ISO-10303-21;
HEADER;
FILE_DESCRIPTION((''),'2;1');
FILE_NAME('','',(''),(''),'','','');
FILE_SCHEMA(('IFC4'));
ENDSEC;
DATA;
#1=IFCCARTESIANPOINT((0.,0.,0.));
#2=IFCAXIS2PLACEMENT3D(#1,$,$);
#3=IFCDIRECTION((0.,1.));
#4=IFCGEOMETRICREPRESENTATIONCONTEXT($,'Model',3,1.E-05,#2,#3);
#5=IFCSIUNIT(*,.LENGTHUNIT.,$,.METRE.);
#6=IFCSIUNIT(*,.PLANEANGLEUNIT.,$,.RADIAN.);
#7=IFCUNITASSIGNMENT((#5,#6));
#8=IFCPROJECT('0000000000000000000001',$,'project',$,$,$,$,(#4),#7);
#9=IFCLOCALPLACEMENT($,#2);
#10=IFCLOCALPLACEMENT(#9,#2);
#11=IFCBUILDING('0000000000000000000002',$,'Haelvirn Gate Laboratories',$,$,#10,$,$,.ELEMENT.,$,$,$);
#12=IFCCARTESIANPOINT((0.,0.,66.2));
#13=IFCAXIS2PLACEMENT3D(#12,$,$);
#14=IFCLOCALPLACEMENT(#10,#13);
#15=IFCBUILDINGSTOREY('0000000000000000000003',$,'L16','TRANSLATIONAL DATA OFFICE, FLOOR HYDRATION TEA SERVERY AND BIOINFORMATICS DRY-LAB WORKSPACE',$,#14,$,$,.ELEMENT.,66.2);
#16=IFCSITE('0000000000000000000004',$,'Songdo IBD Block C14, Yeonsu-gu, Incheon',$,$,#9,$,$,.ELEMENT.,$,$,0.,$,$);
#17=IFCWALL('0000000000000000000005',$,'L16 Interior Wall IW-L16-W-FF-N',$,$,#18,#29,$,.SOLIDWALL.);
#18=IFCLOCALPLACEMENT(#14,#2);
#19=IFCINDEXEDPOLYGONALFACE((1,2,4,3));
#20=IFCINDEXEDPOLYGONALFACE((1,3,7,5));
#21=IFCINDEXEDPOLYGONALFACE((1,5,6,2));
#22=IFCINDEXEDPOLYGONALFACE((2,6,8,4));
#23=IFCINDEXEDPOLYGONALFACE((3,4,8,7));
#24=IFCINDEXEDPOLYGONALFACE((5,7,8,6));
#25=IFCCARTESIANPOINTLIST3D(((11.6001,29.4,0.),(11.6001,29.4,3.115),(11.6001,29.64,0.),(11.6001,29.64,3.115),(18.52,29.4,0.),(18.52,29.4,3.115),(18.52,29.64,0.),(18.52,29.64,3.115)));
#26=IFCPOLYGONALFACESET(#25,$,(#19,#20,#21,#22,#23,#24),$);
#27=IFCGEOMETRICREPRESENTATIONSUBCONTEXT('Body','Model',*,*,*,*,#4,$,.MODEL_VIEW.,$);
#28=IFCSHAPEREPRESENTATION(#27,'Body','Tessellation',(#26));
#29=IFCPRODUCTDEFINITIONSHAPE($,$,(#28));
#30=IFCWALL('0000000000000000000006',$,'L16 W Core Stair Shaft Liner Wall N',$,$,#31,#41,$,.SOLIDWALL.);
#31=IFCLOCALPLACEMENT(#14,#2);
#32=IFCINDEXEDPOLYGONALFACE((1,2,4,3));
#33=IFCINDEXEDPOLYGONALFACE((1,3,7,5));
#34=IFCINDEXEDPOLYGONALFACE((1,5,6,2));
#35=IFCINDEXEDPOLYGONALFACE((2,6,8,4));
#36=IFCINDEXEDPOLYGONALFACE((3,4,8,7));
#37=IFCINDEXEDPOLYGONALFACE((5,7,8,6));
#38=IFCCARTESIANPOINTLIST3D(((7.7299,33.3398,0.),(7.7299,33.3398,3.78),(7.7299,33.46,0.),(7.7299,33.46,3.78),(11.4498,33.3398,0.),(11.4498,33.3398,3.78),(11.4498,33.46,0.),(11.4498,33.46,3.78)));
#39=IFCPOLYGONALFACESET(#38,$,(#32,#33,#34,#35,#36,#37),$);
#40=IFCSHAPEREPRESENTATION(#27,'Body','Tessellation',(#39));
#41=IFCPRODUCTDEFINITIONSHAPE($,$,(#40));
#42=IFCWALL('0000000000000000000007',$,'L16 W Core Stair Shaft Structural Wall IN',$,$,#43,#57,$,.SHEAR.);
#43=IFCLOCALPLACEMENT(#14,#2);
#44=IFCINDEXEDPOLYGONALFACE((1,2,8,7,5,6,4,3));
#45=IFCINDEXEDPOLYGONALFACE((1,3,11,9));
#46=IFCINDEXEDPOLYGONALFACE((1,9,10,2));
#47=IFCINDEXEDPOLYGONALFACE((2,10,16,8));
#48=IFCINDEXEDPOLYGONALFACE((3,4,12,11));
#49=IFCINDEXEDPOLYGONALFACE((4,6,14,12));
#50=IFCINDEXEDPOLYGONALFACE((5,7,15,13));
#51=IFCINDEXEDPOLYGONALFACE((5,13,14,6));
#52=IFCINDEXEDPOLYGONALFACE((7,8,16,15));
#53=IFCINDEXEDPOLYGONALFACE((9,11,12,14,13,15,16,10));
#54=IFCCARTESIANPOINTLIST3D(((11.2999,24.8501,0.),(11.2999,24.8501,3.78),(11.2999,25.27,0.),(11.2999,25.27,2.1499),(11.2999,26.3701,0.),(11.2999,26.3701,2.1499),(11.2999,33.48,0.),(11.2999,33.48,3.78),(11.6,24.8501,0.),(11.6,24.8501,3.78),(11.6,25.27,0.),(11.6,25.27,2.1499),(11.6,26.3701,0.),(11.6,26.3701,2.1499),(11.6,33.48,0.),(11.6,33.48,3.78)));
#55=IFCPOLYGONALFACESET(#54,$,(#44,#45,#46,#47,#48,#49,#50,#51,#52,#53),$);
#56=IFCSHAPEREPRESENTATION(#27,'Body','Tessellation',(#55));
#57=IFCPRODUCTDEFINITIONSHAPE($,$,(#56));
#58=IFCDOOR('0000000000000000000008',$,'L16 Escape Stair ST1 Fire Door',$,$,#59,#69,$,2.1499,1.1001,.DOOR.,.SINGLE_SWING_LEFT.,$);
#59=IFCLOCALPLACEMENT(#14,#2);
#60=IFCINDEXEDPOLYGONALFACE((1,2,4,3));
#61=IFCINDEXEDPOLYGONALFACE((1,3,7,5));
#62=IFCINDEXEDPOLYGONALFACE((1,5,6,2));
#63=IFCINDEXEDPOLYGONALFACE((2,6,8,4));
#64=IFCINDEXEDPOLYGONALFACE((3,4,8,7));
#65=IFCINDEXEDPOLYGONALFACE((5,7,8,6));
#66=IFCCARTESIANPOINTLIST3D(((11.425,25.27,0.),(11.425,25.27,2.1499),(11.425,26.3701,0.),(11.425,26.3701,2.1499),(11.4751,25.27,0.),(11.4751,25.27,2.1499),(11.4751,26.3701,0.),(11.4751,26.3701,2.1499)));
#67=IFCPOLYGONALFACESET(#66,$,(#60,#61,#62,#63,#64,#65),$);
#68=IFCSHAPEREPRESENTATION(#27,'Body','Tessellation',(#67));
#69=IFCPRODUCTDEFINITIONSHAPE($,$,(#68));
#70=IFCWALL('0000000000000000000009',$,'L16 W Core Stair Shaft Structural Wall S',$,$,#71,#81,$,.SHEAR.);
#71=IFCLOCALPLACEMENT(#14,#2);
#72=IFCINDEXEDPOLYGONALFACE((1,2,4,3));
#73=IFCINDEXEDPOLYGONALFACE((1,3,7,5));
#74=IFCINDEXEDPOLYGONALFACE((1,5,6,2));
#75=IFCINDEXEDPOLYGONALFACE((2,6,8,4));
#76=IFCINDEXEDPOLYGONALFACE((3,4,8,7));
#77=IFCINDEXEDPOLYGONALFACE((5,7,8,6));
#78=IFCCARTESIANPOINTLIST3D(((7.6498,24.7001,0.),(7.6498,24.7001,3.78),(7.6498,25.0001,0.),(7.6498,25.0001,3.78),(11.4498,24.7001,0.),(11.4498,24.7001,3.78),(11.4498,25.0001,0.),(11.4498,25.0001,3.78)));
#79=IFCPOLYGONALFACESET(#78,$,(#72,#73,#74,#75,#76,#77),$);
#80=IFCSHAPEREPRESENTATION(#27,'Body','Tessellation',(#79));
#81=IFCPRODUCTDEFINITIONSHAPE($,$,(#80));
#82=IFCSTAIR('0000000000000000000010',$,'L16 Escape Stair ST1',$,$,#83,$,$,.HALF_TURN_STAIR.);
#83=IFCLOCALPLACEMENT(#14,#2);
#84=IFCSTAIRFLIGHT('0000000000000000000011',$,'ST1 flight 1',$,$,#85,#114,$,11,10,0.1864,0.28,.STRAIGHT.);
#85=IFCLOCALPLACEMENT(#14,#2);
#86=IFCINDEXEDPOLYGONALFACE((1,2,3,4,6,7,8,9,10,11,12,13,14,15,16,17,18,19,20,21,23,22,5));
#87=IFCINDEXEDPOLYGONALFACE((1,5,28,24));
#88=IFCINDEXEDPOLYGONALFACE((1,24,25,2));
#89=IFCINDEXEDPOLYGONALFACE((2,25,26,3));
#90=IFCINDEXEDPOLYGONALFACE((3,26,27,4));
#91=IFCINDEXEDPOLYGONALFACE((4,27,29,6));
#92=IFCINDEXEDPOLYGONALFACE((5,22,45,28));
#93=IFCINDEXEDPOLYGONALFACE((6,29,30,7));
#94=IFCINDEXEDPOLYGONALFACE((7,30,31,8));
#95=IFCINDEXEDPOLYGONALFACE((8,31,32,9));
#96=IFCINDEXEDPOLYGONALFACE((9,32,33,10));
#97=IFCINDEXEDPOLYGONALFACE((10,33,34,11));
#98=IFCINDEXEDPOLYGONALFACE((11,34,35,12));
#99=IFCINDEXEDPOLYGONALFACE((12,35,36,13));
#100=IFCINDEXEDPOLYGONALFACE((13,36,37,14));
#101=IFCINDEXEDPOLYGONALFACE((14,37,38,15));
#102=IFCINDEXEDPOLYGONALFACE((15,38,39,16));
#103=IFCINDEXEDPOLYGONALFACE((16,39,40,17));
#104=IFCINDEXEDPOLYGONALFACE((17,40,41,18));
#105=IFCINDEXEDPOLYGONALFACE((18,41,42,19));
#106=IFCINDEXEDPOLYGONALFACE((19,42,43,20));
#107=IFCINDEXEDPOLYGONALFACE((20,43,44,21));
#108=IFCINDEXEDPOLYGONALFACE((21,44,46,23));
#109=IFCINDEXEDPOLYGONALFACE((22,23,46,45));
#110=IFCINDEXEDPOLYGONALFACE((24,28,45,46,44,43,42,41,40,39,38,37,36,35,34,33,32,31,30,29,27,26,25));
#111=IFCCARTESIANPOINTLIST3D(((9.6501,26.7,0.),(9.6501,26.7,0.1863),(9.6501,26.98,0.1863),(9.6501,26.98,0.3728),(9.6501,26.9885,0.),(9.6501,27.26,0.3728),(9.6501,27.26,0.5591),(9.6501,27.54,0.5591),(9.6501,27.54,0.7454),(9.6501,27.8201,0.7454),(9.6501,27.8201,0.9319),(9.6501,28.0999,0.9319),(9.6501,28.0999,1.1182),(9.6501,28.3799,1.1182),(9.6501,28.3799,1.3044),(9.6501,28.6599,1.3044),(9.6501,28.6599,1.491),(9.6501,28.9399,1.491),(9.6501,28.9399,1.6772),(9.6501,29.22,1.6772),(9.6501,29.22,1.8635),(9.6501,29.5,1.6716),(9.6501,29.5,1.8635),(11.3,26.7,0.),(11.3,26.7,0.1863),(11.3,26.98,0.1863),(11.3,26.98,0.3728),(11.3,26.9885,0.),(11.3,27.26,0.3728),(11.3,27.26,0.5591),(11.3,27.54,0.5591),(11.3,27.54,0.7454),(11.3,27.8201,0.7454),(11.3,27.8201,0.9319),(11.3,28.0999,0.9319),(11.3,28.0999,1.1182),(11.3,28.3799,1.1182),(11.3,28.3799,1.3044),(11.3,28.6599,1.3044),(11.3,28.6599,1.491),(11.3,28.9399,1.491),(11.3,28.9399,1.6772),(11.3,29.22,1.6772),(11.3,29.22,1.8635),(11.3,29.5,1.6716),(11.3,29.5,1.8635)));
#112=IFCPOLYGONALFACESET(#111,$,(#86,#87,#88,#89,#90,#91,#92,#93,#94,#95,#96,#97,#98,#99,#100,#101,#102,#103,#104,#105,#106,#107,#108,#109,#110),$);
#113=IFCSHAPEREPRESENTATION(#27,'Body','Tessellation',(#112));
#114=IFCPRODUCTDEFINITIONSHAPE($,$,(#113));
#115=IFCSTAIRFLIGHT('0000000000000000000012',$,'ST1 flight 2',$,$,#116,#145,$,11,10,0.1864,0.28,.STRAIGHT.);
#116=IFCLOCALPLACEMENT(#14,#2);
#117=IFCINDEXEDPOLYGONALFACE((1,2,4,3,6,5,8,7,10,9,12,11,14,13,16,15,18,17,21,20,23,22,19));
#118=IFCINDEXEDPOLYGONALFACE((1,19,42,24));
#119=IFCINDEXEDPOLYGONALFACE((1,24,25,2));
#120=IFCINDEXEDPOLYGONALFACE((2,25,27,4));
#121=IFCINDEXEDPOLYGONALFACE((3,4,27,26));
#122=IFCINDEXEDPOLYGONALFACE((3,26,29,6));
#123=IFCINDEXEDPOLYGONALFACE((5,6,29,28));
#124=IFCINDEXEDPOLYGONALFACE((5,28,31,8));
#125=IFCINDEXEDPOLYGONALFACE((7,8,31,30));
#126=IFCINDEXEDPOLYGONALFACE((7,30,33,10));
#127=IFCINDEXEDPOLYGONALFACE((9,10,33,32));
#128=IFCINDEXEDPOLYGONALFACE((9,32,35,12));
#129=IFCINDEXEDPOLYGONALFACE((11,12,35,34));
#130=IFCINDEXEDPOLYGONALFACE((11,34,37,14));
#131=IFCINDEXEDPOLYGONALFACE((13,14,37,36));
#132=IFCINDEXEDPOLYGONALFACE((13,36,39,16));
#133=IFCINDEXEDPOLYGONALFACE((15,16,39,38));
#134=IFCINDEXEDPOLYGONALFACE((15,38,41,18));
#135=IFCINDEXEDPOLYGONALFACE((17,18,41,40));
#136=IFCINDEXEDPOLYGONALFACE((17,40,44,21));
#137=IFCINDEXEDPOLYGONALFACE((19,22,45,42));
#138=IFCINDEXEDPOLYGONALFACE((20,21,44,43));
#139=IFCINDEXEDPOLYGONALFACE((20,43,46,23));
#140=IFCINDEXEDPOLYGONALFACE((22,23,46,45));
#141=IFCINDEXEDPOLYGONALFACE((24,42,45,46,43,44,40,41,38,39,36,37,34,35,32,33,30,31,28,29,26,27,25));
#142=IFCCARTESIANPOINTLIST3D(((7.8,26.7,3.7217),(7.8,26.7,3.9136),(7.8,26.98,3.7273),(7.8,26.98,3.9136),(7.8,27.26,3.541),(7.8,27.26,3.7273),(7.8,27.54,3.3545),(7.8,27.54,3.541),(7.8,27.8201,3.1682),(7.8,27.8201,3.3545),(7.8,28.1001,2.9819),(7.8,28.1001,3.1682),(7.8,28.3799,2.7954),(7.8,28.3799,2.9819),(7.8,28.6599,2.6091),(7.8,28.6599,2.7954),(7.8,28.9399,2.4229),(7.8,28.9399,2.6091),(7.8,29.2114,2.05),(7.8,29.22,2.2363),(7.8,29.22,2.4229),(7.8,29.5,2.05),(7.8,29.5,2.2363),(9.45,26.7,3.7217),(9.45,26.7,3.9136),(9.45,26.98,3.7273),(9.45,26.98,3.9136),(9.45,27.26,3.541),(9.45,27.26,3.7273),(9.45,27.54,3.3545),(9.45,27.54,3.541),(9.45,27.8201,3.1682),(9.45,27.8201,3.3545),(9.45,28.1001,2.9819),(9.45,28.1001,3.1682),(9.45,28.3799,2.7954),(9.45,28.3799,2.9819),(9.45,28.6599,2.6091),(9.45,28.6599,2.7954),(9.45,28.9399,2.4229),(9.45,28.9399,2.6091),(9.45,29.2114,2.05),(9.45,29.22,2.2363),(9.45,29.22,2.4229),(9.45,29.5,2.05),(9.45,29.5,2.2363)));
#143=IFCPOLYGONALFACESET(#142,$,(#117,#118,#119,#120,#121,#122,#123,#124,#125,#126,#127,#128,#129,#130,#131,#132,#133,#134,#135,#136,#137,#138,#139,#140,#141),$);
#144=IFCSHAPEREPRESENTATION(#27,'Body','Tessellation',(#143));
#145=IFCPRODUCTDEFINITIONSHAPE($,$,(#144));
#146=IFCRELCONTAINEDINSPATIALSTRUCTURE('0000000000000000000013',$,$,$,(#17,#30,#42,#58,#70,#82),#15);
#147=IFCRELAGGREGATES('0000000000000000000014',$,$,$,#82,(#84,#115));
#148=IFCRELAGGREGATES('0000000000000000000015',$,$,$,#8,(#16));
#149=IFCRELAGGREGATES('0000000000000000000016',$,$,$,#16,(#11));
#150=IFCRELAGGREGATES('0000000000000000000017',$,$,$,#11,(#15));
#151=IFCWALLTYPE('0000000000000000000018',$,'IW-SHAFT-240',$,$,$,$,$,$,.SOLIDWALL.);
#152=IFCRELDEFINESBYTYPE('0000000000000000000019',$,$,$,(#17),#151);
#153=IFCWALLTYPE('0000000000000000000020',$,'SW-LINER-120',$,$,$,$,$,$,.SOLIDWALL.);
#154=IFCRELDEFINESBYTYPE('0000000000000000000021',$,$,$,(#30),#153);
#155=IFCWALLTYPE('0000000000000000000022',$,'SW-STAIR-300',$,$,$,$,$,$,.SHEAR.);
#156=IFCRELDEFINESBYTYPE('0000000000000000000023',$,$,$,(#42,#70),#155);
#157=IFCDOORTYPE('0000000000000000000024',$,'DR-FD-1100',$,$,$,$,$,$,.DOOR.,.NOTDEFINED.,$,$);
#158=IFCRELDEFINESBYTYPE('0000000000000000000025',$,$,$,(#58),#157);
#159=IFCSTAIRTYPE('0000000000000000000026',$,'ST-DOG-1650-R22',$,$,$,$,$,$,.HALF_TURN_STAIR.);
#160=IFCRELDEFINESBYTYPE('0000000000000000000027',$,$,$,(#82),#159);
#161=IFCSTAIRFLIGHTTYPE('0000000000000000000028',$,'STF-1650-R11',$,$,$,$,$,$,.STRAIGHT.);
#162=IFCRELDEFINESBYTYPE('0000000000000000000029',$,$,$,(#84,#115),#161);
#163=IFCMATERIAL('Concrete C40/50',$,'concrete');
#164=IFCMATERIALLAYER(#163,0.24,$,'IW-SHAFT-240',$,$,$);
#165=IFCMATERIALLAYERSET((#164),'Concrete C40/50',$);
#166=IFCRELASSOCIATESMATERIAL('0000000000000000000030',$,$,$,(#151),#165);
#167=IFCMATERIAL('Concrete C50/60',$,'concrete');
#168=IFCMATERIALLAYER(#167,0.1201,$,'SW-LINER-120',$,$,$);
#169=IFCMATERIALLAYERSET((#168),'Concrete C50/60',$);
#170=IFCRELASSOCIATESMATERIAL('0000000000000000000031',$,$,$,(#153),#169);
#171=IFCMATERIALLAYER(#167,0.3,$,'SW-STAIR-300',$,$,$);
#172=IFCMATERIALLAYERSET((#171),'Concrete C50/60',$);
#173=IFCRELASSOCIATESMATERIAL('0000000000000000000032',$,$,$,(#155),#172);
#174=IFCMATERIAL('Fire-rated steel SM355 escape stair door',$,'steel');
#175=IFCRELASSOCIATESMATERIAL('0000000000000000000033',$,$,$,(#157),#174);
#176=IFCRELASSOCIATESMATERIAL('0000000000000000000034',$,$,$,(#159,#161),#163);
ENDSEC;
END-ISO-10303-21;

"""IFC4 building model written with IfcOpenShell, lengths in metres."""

from ifc_helpers import new_model, si_unit, direction, frame, frame_2d, origin, place, context, subcontext, project, spatial, polyline, rectangle, outline, extrude, source, transform, mapped, material, layer, layer_set, type_object, type_shapes, element, fill, aggregate, save


model = new_model("IFC4")

# Units and contexts
model_context = context("Model", 3, precision=1e-05, world=origin(), true_north=direction((0.0, 1.0)))
body_context = subcontext(model_context, "Body", "Model", "MODEL_VIEW")
ifc_project = project(units=[si_unit("LENGTHUNIT", "METRE"), si_unit("PLANEANGLEUNIT", "RADIAN")], contexts=[model_context])

# Site, building, storey
site_placement = place(None, origin())
site = spatial("IfcSite", under=ifc_project, at=site_placement, Name="Songdo IBD Block C14, Yeonsu-gu, Incheon", CompositionType="ELEMENT", RefElevation=0.0)
building_placement = place(site_placement, origin())
building = spatial("IfcBuilding", under=site, at=building_placement, Name="Haelvirn Gate Laboratories", CompositionType="ELEMENT")
storey_placement = place(building_placement, frame((0.0, 0.0, 66.2)))
storey = spatial("IfcBuildingStorey", under=building, at=storey_placement, Name="L16", Description="TRANSLATIONAL DATA OFFICE, FLOOR HYDRATION TEA SERVERY AND BIOINFORMATICS DRY-LAB WORKSPACE", CompositionType="ELEMENT", Elevation=66.2)

# Shared definitions
ifc_material_1 = material(Name="Concrete C40/50", Category="concrete")

# Shared definitions
ifc_layer_1 = layer(ifc_material_1, 0.24, Name="IW-SHAFT-240")
ifc_layer_set_1 = layer_set([ifc_layer_1], Name="Concrete C40/50")
wall_type_1 = type_object("IfcWallType", Name="IW-SHAFT-240", PredefinedType="SOLIDWALL", material=ifc_layer_set_1)

# Walls
wall_1_placement = place(storey_placement, frame((11.6001, 29.52, 0.0), z_axis=(0.0, 0.0, 1.0), x_axis=(1.0, 0.0, 0.0)))
element("IfcWall", 1, at=wall_1_placement, inside=storey, type_object=wall_type_1, Name="L16 Interior Wall IW-L16-W-FF-N", PredefinedType="SOLIDWALL", context=body_context, shape_type="SweptSolid", body=[
    extrude(rectangle(XDim=6.9199, YDim=0.24, at=frame_2d((3.46, 0.0))), origin(), (0.0, 0.0, 1.0), 3.115),
])
ifc_material_2 = material(Name="Concrete C50/60", Category="concrete")
ifc_layer_2 = layer(ifc_material_2, 0.1201, Name="SW-LINER-120")
ifc_layer_set_2 = layer_set([ifc_layer_2], Name="Concrete C50/60")
wall_type_2 = type_object("IfcWallType", Name="SW-LINER-120", PredefinedType="SOLIDWALL", material=ifc_layer_set_2)
wall_2_placement = place(storey_placement, frame((7.73, 33.3999, 0.0), z_axis=(0.0, 0.0, 1.0), x_axis=(1.0, 0.0, 0.0)))
element("IfcWall", 2, at=wall_2_placement, inside=storey, type_object=wall_type_2, Name="L16 W Core Stair Shaft Liner Wall N", PredefinedType="SOLIDWALL", context=body_context, shape_type="SweptSolid", body=[
    extrude(rectangle(XDim=3.72, YDim=0.1201, at=frame_2d((1.8599, 0.0))), origin(), (0.0, 0.0, 1.0), 3.78),
])

# Wall, opening, door
ifc_layer_3 = layer(ifc_material_2, 0.3, Name="SW-STAIR-300")
ifc_layer_set_3 = layer_set([ifc_layer_3], Name="Concrete C50/60")
wall_type_3 = type_object("IfcWallType", Name="SW-STAIR-300", PredefinedType="SHEAR", material=ifc_layer_set_3)
wall_3_placement = place(storey_placement, frame((11.45, 24.8501, 0.0), z_axis=(0.0, 0.0, 1.0), x_axis=(0.0, 1.0, 0.0)))
wall_3 = element("IfcWall", 3, at=wall_3_placement, inside=storey, type_object=wall_type_3, Name="L16 W Core Stair Shaft Structural Wall IN", PredefinedType="SHEAR", context=body_context, shape_type="SweptSolid", body=[
    extrude(rectangle(XDim=8.6299, YDim=0.3, at=frame_2d((4.3149, 0.0))), origin(), (0.0, 0.0, 1.0), 3.78),
])
opening_1_placement = place(wall_3_placement, frame((0.4199, 0.0, 0.0)))
opening_1 = element("IfcOpeningElement", 4, at=opening_1_placement, cuts=wall_3, PredefinedType="OPENING", context=body_context, shape_type="SweptSolid", body=[
    extrude(rectangle(XDim=1.1001, YDim=2.1499, at=frame_2d((0.55, 1.075))), frame((0.0, 0.1602, 0.0), z_axis=(0.0, -1.0, 0.0), x_axis=(1.0, 0.0, 0.0)), (0.0, 0.0, 1.0), 0.3201),
])
ifc_material_3 = material(Name="Fire-rated steel SM355 escape stair door", Category="steel")
door_type_1 = type_object("IfcDoorType", Name="DR-FD-1100", OperationType="NOTDEFINED", PredefinedType="DOOR", material=ifc_material_3)
shared_shape_1 = source(origin(), body_context, "Body", "SweptSolid", [
    extrude(rectangle(XDim=1.1001, YDim=2.1499, at=frame_2d((0.55, 1.075))), frame((0.0, 0.0249, 0.0), z_axis=(0.0, -1.0, 0.0), x_axis=(1.0, 0.0, 0.0)), (0.0, 0.0, 1.0), 0.05),
])
type_shapes(door_type_1, [shared_shape_1])
door_1_placement = place(opening_1_placement, origin())
door_1 = element("IfcDoor", 5, at=door_1_placement, inside=storey, type_object=door_type_1, Name="L16 Escape Stair ST1 Fire Door", OperationType="SINGLE_SWING_LEFT", OverallHeight=2.1499, OverallWidth=1.1001, PredefinedType="DOOR", context=body_context, shape_type="MappedRepresentation", body=[
    mapped(shared_shape_1, transform((0.0, 0.0, 0.0), scale=1.0)),
])
fill(opening_1, door_1)

# Wall
wall_4_placement = place(storey_placement, frame((7.6499, 24.8501, 0.0), z_axis=(0.0, 0.0, 1.0), x_axis=(1.0, 0.0, 0.0)))
element("IfcWall", 6, at=wall_4_placement, inside=storey, type_object=wall_type_3, Name="L16 W Core Stair Shaft Structural Wall S", PredefinedType="SHEAR", context=body_context, shape_type="SweptSolid", body=[
    extrude(rectangle(XDim=3.8, YDim=0.3, at=frame_2d((1.8999, 0.0))), origin(), (0.0, 0.0, 1.0), 3.78),
])

# Stair, stair flights
stair_type = type_object("IfcStairType", Name="ST-DOG-1650-R22", PredefinedType="HALF_TURN_STAIR", material=ifc_material_1)
stair_placement = place(storey_placement, origin())
stair = element("IfcStair", 7, at=stair_placement, inside=storey, type_object=stair_type, Name="L16 Escape Stair ST1", PredefinedType="HALF_TURN_STAIR")
stair_flight_type = type_object("IfcStairFlightType", Name="STF-1650-R11", PredefinedType="STRAIGHT", material=ifc_material_1)
shared_shape_2 = source(origin(), body_context, "Body", "SweptSolid", [
    extrude(outline(polyline([(0.0, 0.0), (0.0, 0.1863), (0.28, 0.1863), (0.28, 0.3728), (0.5601, 0.3728), (0.5601, 0.5591), (0.8401, 0.5591), (0.8401, 0.7454), (1.1201, 0.7454), (1.1201, 0.9319), (1.3999, 0.9319), (1.3999, 1.1182), (1.6799, 1.1182), (1.6799, 1.3044), (1.96, 1.3044), (1.96, 1.491), (2.24, 1.491), (2.24, 1.6772), (2.52, 1.6772), (2.52, 1.8635), (2.8, 1.8635), (2.8, 2.05), (2.8, 1.6716), (0.2886, 0.0), (0.0, 0.0)])), frame((0.0, 0.825, 0.0), z_axis=(0.0, -1.0, 0.0), x_axis=(1.0, 0.0, 0.0)), (0.0, 0.0, 1.0), 1.6499),
])
type_shapes(stair_flight_type, [shared_shape_2])
stair_flight_1_placement = place(storey_placement, frame((10.4751, 26.7, 0.0), z_axis=(0.0, 0.0, 1.0), x_axis=(0.0, 1.0, 0.0)))
stair_flight_1 = element("IfcStairFlight", 8, at=stair_flight_1_placement, type_object=stair_flight_type, Name="ST1 flight 1", NumberOfRisers=11, NumberOfTreads=10, PredefinedType="STRAIGHT", RiserHeight=0.1864, TreadLength=0.28, context=body_context, shape_type="MappedRepresentation", body=[
    mapped(shared_shape_2, transform((0.0, 0.0, 0.0), scale=1.0)),
])
stair_flight_2_placement = place(storey_placement, frame((8.625, 29.5, 2.05), z_axis=(0.0, 0.0, 1.0), x_axis=(0.0, -1.0, 0.0)))
stair_flight_2 = element("IfcStairFlight", 9, at=stair_flight_2_placement, type_object=stair_flight_type, Name="ST1 flight 2", NumberOfRisers=11, NumberOfTreads=10, PredefinedType="STRAIGHT", RiserHeight=0.1864, TreadLength=0.28, context=body_context, shape_type="MappedRepresentation", body=[
    mapped(shared_shape_2, transform((0.0, 0.0, 0.0), scale=1.0)),
])
aggregate(stair, [stair_flight_1, stair_flight_2])

save(model, "model.ifc")
